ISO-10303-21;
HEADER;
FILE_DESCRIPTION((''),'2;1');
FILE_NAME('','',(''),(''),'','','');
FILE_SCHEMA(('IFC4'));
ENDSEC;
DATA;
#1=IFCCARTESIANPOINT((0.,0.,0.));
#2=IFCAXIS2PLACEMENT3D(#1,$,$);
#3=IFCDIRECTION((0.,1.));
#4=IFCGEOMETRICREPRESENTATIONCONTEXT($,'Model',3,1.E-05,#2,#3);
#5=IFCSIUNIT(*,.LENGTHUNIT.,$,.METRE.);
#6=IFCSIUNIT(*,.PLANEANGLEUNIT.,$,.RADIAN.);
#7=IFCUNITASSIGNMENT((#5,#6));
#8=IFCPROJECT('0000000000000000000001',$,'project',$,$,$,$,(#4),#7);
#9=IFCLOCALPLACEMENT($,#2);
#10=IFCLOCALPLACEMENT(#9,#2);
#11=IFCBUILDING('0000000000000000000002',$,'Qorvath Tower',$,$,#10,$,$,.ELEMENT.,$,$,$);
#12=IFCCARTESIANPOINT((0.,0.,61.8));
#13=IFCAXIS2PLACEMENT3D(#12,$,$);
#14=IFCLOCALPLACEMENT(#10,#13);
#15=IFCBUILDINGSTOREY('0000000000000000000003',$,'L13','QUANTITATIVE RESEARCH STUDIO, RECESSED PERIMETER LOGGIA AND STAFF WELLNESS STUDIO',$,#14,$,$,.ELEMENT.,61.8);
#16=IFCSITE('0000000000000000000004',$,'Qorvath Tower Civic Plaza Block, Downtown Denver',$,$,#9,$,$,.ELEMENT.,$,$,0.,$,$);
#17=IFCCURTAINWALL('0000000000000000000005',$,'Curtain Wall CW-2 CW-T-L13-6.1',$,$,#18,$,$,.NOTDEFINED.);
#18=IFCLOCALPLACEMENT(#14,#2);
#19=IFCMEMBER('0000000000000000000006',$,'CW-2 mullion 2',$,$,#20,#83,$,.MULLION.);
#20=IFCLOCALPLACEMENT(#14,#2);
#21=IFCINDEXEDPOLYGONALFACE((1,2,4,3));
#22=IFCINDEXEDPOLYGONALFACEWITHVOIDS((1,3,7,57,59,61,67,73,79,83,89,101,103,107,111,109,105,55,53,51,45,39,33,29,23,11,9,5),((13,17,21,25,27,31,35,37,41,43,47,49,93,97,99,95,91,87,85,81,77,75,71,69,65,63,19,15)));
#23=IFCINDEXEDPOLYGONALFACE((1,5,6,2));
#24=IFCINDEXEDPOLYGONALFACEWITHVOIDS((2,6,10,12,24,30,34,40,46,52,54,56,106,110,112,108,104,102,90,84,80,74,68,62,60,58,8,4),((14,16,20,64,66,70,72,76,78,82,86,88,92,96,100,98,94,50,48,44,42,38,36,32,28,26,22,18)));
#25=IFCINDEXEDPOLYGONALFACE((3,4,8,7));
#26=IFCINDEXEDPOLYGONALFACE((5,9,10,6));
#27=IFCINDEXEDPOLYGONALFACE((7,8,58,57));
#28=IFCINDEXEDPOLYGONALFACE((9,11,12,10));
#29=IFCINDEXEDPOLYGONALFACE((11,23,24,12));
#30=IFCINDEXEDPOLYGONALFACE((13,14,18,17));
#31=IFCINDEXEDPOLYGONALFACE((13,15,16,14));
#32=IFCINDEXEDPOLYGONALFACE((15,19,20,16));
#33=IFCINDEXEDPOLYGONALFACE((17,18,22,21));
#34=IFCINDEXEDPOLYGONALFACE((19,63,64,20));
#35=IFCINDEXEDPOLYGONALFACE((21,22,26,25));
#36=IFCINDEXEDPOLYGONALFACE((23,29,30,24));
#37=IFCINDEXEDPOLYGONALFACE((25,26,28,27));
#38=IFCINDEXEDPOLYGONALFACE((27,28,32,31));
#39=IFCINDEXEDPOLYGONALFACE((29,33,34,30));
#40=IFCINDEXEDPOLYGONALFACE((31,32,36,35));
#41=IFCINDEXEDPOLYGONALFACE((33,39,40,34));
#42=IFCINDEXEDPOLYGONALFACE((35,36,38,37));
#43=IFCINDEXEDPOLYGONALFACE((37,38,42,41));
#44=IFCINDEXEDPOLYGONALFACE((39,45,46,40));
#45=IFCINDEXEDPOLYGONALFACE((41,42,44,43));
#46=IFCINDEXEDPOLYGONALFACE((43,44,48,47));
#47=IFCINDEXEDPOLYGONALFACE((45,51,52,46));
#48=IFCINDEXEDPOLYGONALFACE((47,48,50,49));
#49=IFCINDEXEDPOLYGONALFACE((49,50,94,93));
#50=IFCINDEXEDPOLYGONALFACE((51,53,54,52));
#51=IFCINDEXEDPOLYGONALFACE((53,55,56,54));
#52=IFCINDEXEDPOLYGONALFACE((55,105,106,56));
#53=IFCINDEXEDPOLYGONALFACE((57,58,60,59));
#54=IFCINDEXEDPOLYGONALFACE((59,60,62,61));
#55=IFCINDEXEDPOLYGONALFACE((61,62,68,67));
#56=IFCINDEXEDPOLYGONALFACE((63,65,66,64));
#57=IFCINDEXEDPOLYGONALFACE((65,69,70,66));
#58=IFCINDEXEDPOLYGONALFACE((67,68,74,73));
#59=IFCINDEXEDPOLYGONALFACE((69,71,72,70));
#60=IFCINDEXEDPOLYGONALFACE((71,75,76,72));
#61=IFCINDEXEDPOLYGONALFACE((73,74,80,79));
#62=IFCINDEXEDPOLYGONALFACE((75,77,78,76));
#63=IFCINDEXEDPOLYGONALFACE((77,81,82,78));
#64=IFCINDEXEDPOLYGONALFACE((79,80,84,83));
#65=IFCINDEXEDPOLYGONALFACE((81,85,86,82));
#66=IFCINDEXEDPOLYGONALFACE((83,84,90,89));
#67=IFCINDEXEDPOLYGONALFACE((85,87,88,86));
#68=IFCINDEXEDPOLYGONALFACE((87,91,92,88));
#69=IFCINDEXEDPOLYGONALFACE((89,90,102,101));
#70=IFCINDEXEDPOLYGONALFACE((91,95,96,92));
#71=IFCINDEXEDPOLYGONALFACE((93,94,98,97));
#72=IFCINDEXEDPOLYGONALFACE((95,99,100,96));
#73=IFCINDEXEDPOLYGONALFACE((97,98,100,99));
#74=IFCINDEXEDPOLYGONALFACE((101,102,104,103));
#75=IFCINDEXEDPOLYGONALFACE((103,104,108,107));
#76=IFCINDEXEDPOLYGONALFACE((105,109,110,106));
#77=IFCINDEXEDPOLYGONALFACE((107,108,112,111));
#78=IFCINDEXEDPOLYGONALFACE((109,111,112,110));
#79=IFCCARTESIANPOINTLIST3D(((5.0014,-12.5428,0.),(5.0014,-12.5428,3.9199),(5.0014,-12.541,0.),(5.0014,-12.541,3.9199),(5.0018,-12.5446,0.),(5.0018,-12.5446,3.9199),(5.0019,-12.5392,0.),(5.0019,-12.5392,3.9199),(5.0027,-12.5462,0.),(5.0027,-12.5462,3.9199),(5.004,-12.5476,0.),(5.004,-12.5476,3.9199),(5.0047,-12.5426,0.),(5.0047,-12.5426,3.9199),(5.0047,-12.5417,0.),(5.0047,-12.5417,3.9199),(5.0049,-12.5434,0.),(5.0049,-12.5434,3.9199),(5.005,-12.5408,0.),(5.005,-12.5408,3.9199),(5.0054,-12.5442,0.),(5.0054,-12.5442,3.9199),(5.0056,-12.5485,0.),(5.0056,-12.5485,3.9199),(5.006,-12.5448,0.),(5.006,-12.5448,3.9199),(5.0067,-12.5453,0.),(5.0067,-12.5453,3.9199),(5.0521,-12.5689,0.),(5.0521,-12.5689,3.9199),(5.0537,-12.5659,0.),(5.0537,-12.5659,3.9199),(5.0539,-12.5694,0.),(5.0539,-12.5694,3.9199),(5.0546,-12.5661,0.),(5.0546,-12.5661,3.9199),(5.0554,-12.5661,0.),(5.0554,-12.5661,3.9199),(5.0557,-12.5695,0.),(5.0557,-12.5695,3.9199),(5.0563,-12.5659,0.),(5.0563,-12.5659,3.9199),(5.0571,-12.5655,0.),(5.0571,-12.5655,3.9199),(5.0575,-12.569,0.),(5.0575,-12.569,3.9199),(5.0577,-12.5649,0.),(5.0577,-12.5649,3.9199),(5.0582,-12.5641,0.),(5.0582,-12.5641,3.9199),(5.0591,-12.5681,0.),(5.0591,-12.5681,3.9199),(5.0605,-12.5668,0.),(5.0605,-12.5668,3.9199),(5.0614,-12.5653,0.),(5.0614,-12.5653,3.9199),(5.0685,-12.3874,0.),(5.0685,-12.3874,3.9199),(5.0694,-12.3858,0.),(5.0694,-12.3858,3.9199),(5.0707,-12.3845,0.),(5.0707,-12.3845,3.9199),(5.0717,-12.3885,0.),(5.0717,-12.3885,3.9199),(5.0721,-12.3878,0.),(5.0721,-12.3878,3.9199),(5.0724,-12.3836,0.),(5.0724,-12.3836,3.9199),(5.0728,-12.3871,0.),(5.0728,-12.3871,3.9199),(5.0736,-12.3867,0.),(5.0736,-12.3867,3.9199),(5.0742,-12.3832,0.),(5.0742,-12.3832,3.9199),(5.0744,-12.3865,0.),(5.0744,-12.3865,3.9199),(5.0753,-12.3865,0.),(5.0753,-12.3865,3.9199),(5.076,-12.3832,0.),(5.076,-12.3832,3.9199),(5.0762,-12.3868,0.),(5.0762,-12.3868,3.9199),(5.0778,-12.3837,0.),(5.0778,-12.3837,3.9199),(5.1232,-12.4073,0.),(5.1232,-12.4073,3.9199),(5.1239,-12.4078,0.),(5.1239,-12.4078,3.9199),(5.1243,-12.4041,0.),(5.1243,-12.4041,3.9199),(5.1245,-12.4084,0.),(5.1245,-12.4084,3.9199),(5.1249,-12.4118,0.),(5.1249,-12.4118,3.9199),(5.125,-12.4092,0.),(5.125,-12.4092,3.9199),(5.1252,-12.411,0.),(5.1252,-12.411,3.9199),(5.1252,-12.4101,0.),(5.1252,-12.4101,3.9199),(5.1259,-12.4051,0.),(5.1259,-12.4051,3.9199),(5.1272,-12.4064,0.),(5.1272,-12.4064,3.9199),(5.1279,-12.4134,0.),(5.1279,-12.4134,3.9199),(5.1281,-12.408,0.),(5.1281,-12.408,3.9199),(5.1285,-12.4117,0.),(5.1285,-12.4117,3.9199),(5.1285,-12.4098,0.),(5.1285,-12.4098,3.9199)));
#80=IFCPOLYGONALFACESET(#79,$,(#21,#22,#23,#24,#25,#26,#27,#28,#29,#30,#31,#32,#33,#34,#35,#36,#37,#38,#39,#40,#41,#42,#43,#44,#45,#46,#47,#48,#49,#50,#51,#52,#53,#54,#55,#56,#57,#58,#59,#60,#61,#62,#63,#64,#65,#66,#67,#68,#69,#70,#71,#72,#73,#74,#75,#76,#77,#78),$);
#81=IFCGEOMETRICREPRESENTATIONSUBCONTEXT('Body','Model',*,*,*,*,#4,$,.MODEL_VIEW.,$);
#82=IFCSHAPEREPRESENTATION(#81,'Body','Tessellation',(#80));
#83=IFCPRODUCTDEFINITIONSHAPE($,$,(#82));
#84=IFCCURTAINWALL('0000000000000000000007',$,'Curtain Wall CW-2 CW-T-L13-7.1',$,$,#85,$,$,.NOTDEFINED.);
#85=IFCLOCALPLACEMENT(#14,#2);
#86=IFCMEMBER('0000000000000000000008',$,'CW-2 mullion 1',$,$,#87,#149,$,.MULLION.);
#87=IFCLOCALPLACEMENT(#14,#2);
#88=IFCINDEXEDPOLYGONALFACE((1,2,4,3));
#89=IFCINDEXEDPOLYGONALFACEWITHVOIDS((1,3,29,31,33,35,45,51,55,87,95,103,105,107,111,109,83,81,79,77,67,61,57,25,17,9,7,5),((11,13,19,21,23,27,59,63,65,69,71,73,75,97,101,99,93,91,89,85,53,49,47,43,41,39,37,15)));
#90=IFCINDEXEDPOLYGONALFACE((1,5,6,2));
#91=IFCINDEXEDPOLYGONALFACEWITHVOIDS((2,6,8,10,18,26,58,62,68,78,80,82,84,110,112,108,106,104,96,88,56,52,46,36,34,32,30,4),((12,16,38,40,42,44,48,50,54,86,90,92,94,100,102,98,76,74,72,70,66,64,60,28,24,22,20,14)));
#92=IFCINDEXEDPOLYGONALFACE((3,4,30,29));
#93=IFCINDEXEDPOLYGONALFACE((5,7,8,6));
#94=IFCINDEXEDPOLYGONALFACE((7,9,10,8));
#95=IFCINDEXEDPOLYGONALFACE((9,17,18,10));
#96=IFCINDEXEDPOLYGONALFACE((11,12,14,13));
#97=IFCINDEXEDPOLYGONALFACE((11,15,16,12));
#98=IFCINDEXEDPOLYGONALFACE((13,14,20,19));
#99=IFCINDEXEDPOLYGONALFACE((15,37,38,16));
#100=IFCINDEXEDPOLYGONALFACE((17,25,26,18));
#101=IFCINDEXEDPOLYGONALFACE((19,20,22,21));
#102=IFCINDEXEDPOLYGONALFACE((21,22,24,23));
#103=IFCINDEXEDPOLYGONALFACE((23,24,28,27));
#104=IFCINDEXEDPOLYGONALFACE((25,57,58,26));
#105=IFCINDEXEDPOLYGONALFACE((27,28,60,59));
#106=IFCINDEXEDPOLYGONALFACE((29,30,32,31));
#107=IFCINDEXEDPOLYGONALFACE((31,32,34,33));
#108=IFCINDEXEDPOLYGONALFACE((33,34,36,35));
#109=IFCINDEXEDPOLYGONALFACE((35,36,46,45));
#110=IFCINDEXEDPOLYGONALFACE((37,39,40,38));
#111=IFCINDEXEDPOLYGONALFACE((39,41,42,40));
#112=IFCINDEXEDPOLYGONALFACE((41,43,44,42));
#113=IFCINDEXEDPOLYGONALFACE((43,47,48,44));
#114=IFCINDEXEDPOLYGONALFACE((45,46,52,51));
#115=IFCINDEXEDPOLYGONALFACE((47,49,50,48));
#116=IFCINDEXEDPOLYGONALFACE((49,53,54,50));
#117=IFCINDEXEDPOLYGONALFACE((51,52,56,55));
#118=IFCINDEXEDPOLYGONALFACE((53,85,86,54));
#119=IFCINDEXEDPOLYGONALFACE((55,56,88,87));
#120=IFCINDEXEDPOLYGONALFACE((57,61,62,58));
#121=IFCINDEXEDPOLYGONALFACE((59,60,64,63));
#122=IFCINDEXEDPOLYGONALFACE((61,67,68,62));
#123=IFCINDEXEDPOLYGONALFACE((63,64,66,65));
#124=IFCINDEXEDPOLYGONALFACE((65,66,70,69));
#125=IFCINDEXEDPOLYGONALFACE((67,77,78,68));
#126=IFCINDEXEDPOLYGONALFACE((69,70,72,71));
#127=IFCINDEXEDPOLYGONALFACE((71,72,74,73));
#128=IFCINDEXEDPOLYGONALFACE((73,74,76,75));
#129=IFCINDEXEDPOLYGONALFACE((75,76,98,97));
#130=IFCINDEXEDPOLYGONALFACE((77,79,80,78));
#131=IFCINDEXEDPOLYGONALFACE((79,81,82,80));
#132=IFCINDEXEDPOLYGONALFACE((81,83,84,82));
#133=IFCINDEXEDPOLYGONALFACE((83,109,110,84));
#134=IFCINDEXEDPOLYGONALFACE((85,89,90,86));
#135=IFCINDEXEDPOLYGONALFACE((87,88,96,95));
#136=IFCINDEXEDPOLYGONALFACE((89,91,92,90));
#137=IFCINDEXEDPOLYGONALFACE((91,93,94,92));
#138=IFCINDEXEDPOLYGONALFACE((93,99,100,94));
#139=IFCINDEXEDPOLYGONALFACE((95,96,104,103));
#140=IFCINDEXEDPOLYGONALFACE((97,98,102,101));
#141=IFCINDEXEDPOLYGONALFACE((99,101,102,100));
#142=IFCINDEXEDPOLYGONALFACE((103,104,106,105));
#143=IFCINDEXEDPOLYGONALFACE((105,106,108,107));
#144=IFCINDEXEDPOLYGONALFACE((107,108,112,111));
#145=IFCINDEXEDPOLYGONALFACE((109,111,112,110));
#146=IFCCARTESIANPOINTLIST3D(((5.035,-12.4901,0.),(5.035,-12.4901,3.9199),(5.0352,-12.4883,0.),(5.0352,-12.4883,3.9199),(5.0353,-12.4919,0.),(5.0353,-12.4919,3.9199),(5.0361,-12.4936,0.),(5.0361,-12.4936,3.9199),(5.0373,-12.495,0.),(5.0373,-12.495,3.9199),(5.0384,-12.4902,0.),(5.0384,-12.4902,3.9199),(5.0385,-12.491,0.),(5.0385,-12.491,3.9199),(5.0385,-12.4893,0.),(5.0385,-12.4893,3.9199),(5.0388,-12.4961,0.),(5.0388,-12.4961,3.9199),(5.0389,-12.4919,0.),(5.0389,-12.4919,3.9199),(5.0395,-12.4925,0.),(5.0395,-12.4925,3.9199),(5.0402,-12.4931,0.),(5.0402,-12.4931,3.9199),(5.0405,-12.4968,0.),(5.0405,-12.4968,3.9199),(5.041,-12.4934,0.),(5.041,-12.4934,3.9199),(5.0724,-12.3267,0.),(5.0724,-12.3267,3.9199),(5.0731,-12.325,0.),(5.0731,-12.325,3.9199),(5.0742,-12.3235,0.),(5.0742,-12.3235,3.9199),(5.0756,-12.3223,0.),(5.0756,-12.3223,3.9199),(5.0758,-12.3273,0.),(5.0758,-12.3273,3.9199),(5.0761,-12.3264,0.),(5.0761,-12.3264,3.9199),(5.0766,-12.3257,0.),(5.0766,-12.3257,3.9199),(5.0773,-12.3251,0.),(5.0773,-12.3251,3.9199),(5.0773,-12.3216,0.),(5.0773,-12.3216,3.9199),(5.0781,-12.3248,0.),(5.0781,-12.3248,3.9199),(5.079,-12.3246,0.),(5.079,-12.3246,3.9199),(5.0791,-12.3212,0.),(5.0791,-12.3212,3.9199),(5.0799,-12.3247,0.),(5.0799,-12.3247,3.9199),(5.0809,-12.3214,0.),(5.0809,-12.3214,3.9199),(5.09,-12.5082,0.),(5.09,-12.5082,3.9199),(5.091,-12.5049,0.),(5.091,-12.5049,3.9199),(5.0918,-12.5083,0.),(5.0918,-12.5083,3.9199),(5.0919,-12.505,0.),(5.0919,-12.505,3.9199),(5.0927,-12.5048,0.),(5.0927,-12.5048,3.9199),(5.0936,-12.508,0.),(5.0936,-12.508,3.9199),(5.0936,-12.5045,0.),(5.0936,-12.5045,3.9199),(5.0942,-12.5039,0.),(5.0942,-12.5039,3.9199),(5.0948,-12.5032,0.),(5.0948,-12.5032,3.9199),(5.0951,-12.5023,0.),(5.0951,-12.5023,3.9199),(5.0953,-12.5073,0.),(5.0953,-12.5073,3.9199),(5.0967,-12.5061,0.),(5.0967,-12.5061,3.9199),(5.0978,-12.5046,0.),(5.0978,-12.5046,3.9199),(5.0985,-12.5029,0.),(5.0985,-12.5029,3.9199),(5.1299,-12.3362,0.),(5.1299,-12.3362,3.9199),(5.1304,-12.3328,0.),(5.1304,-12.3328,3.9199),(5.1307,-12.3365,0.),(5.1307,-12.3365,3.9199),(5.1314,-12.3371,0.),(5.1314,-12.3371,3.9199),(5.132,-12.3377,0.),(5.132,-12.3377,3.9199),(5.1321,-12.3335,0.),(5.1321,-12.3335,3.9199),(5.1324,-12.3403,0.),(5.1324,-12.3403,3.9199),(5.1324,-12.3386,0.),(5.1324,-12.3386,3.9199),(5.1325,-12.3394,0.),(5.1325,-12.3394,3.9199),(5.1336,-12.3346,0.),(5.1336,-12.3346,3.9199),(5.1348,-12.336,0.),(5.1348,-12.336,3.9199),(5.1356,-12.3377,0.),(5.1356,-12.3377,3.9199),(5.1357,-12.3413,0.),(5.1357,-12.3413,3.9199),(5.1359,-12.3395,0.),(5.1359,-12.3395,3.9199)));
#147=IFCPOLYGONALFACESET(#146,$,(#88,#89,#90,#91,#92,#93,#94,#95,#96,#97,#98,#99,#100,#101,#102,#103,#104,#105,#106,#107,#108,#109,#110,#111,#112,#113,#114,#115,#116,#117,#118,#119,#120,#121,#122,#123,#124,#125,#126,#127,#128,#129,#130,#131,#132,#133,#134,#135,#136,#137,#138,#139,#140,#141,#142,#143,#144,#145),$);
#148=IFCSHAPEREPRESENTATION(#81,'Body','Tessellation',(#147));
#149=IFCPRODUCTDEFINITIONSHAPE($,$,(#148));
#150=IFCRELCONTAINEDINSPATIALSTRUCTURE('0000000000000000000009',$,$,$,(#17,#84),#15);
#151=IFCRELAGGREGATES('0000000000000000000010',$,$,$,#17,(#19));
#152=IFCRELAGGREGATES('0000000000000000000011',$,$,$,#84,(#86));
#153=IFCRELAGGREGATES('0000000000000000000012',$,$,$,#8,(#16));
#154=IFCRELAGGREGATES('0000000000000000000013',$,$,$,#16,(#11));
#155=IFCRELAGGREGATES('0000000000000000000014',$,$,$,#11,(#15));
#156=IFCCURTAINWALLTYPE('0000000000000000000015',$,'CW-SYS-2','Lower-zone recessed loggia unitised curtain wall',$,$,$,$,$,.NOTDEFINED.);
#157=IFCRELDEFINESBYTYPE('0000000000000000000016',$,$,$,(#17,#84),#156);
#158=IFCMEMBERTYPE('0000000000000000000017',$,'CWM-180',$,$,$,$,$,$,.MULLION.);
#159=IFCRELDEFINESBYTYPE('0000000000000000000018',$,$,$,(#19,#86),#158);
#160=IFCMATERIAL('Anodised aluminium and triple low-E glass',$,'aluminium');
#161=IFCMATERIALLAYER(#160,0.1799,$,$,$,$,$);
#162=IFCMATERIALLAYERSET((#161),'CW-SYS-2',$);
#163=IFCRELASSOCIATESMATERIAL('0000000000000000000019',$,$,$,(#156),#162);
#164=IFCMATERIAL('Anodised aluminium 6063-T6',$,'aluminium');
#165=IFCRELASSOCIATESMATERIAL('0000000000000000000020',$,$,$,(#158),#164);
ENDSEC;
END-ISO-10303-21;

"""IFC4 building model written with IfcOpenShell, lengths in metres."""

from ifc_helpers import new_model, si_unit, direction, frame, origin, origin_2d, place, context, subcontext, project, spatial, hollow_rectangle, extrude, material, layer, layer_set, material_profile, profile_set, type_object, element, aggregate, save


model = new_model("IFC4")

# Units and contexts
model_context = context("Model", 3, precision=1e-05, world=origin(), true_north=direction((0.0, 1.0)))
body_context = subcontext(model_context, "Body", "Model", "MODEL_VIEW")
ifc_project = project(units=[si_unit("LENGTHUNIT", "METRE"), si_unit("PLANEANGLEUNIT", "RADIAN")], contexts=[model_context])

# Site, building, storey
site_placement = place(None, origin())
site = spatial("IfcSite", under=ifc_project, at=site_placement, Name="Qorvath Tower Civic Plaza Block, Downtown Denver", CompositionType="ELEMENT", RefElevation=0.0)
building_placement = place(site_placement, origin())
building = spatial("IfcBuilding", under=site, at=building_placement, Name="Qorvath Tower", CompositionType="ELEMENT")
storey_placement = place(building_placement, frame((0.0, 0.0, 61.8)))
storey = spatial("IfcBuildingStorey", under=building, at=storey_placement, Name="L13", Description="QUANTITATIVE RESEARCH STUDIO, RECESSED PERIMETER LOGGIA AND STAFF WELLNESS STUDIO", CompositionType="ELEMENT", Elevation=61.8)

# Shared definitions
ifc_material_1 = material(Name="Anodised aluminium and triple low-E glass", Category="aluminium")
ifc_layer_1 = layer(ifc_material_1, 0.1799)
ifc_layer_set_1 = layer_set([ifc_layer_1], Name="CW-SYS-2")
curtain_wall_type = type_object("IfcCurtainWallType", Name="CW-SYS-2", Description="Lower-zone recessed loggia unitised curtain wall", PredefinedType="NOTDEFINED", material=ifc_layer_set_1)
ifc_material_2 = material(Name="Anodised aluminium 6063-T6", Category="aluminium")
ifc_material_profile_1 = material_profile(ifc_material_2, hollow_rectangle(XDim=0.0649, YDim=0.1799, WallThickness=0.0034, InnerFilletRadius=0.0034, OuterFilletRadius=0.0071, at=origin_2d()), Name="CWM 180x65")
ifc_profile_set_1 = profile_set([ifc_material_profile_1], Name="Anodised aluminium 6063-T6")
member_type_1 = type_object("IfcMemberType", Name="CWM-180", PredefinedType="MULLION", material=ifc_profile_set_1)

# Curtain walls, members
curtain_wall_1_placement = place(storey_placement, origin())
curtain_wall_1 = element("IfcCurtainWall", 1, at=curtain_wall_1_placement, inside=storey, type_object=curtain_wall_type, Name="Curtain Wall CW-2 CW-T-L13-6.1", PredefinedType="NOTDEFINED")
member_1_placement = place(storey_placement, frame((5.0649, -12.4763, 0.0), z_axis=(0.0, 0.0, 1.0), x_axis=(-0.915963, 0.401263, 0.0)))
member_1 = element("IfcMember", 2, at=member_1_placement, type_object=member_type_1, Name="CW-2 mullion 2", PredefinedType="MULLION", context=body_context, shape_type="SweptSolid", body=[
    extrude(hollow_rectangle(XDim=0.0649, YDim=0.1799, WallThickness=0.0034, InnerFilletRadius=0.0034, OuterFilletRadius=0.0071, at=origin_2d()), origin(), (0.0, 0.0, 1.0), 3.9199),
])
curtain_wall_2_placement = place(storey_placement, origin())
curtain_wall_2 = element("IfcCurtainWall", 3, at=curtain_wall_2_placement, inside=storey, type_object=curtain_wall_type, Name="Curtain Wall CW-2 CW-T-L13-7.1", PredefinedType="NOTDEFINED")
member_2_placement = place(storey_placement, frame((5.0854, -12.4148, 0.0), z_axis=(0.0, 0.0, 1.0), x_axis=(-0.974427, 0.224705, 0.0)))
member_2 = element("IfcMember", 4, at=member_2_placement, type_object=member_type_1, Name="CW-2 mullion 1", PredefinedType="MULLION", context=body_context, shape_type="SweptSolid", body=[
    extrude(hollow_rectangle(XDim=0.0649, YDim=0.1799, WallThickness=0.0034, InnerFilletRadius=0.0034, OuterFilletRadius=0.0071, at=origin_2d()), origin(), (0.0, 0.0, 1.0), 3.9199),
])

aggregate(curtain_wall_1, [member_1])
aggregate(curtain_wall_2, [member_2])

save(model, "model.ifc")
